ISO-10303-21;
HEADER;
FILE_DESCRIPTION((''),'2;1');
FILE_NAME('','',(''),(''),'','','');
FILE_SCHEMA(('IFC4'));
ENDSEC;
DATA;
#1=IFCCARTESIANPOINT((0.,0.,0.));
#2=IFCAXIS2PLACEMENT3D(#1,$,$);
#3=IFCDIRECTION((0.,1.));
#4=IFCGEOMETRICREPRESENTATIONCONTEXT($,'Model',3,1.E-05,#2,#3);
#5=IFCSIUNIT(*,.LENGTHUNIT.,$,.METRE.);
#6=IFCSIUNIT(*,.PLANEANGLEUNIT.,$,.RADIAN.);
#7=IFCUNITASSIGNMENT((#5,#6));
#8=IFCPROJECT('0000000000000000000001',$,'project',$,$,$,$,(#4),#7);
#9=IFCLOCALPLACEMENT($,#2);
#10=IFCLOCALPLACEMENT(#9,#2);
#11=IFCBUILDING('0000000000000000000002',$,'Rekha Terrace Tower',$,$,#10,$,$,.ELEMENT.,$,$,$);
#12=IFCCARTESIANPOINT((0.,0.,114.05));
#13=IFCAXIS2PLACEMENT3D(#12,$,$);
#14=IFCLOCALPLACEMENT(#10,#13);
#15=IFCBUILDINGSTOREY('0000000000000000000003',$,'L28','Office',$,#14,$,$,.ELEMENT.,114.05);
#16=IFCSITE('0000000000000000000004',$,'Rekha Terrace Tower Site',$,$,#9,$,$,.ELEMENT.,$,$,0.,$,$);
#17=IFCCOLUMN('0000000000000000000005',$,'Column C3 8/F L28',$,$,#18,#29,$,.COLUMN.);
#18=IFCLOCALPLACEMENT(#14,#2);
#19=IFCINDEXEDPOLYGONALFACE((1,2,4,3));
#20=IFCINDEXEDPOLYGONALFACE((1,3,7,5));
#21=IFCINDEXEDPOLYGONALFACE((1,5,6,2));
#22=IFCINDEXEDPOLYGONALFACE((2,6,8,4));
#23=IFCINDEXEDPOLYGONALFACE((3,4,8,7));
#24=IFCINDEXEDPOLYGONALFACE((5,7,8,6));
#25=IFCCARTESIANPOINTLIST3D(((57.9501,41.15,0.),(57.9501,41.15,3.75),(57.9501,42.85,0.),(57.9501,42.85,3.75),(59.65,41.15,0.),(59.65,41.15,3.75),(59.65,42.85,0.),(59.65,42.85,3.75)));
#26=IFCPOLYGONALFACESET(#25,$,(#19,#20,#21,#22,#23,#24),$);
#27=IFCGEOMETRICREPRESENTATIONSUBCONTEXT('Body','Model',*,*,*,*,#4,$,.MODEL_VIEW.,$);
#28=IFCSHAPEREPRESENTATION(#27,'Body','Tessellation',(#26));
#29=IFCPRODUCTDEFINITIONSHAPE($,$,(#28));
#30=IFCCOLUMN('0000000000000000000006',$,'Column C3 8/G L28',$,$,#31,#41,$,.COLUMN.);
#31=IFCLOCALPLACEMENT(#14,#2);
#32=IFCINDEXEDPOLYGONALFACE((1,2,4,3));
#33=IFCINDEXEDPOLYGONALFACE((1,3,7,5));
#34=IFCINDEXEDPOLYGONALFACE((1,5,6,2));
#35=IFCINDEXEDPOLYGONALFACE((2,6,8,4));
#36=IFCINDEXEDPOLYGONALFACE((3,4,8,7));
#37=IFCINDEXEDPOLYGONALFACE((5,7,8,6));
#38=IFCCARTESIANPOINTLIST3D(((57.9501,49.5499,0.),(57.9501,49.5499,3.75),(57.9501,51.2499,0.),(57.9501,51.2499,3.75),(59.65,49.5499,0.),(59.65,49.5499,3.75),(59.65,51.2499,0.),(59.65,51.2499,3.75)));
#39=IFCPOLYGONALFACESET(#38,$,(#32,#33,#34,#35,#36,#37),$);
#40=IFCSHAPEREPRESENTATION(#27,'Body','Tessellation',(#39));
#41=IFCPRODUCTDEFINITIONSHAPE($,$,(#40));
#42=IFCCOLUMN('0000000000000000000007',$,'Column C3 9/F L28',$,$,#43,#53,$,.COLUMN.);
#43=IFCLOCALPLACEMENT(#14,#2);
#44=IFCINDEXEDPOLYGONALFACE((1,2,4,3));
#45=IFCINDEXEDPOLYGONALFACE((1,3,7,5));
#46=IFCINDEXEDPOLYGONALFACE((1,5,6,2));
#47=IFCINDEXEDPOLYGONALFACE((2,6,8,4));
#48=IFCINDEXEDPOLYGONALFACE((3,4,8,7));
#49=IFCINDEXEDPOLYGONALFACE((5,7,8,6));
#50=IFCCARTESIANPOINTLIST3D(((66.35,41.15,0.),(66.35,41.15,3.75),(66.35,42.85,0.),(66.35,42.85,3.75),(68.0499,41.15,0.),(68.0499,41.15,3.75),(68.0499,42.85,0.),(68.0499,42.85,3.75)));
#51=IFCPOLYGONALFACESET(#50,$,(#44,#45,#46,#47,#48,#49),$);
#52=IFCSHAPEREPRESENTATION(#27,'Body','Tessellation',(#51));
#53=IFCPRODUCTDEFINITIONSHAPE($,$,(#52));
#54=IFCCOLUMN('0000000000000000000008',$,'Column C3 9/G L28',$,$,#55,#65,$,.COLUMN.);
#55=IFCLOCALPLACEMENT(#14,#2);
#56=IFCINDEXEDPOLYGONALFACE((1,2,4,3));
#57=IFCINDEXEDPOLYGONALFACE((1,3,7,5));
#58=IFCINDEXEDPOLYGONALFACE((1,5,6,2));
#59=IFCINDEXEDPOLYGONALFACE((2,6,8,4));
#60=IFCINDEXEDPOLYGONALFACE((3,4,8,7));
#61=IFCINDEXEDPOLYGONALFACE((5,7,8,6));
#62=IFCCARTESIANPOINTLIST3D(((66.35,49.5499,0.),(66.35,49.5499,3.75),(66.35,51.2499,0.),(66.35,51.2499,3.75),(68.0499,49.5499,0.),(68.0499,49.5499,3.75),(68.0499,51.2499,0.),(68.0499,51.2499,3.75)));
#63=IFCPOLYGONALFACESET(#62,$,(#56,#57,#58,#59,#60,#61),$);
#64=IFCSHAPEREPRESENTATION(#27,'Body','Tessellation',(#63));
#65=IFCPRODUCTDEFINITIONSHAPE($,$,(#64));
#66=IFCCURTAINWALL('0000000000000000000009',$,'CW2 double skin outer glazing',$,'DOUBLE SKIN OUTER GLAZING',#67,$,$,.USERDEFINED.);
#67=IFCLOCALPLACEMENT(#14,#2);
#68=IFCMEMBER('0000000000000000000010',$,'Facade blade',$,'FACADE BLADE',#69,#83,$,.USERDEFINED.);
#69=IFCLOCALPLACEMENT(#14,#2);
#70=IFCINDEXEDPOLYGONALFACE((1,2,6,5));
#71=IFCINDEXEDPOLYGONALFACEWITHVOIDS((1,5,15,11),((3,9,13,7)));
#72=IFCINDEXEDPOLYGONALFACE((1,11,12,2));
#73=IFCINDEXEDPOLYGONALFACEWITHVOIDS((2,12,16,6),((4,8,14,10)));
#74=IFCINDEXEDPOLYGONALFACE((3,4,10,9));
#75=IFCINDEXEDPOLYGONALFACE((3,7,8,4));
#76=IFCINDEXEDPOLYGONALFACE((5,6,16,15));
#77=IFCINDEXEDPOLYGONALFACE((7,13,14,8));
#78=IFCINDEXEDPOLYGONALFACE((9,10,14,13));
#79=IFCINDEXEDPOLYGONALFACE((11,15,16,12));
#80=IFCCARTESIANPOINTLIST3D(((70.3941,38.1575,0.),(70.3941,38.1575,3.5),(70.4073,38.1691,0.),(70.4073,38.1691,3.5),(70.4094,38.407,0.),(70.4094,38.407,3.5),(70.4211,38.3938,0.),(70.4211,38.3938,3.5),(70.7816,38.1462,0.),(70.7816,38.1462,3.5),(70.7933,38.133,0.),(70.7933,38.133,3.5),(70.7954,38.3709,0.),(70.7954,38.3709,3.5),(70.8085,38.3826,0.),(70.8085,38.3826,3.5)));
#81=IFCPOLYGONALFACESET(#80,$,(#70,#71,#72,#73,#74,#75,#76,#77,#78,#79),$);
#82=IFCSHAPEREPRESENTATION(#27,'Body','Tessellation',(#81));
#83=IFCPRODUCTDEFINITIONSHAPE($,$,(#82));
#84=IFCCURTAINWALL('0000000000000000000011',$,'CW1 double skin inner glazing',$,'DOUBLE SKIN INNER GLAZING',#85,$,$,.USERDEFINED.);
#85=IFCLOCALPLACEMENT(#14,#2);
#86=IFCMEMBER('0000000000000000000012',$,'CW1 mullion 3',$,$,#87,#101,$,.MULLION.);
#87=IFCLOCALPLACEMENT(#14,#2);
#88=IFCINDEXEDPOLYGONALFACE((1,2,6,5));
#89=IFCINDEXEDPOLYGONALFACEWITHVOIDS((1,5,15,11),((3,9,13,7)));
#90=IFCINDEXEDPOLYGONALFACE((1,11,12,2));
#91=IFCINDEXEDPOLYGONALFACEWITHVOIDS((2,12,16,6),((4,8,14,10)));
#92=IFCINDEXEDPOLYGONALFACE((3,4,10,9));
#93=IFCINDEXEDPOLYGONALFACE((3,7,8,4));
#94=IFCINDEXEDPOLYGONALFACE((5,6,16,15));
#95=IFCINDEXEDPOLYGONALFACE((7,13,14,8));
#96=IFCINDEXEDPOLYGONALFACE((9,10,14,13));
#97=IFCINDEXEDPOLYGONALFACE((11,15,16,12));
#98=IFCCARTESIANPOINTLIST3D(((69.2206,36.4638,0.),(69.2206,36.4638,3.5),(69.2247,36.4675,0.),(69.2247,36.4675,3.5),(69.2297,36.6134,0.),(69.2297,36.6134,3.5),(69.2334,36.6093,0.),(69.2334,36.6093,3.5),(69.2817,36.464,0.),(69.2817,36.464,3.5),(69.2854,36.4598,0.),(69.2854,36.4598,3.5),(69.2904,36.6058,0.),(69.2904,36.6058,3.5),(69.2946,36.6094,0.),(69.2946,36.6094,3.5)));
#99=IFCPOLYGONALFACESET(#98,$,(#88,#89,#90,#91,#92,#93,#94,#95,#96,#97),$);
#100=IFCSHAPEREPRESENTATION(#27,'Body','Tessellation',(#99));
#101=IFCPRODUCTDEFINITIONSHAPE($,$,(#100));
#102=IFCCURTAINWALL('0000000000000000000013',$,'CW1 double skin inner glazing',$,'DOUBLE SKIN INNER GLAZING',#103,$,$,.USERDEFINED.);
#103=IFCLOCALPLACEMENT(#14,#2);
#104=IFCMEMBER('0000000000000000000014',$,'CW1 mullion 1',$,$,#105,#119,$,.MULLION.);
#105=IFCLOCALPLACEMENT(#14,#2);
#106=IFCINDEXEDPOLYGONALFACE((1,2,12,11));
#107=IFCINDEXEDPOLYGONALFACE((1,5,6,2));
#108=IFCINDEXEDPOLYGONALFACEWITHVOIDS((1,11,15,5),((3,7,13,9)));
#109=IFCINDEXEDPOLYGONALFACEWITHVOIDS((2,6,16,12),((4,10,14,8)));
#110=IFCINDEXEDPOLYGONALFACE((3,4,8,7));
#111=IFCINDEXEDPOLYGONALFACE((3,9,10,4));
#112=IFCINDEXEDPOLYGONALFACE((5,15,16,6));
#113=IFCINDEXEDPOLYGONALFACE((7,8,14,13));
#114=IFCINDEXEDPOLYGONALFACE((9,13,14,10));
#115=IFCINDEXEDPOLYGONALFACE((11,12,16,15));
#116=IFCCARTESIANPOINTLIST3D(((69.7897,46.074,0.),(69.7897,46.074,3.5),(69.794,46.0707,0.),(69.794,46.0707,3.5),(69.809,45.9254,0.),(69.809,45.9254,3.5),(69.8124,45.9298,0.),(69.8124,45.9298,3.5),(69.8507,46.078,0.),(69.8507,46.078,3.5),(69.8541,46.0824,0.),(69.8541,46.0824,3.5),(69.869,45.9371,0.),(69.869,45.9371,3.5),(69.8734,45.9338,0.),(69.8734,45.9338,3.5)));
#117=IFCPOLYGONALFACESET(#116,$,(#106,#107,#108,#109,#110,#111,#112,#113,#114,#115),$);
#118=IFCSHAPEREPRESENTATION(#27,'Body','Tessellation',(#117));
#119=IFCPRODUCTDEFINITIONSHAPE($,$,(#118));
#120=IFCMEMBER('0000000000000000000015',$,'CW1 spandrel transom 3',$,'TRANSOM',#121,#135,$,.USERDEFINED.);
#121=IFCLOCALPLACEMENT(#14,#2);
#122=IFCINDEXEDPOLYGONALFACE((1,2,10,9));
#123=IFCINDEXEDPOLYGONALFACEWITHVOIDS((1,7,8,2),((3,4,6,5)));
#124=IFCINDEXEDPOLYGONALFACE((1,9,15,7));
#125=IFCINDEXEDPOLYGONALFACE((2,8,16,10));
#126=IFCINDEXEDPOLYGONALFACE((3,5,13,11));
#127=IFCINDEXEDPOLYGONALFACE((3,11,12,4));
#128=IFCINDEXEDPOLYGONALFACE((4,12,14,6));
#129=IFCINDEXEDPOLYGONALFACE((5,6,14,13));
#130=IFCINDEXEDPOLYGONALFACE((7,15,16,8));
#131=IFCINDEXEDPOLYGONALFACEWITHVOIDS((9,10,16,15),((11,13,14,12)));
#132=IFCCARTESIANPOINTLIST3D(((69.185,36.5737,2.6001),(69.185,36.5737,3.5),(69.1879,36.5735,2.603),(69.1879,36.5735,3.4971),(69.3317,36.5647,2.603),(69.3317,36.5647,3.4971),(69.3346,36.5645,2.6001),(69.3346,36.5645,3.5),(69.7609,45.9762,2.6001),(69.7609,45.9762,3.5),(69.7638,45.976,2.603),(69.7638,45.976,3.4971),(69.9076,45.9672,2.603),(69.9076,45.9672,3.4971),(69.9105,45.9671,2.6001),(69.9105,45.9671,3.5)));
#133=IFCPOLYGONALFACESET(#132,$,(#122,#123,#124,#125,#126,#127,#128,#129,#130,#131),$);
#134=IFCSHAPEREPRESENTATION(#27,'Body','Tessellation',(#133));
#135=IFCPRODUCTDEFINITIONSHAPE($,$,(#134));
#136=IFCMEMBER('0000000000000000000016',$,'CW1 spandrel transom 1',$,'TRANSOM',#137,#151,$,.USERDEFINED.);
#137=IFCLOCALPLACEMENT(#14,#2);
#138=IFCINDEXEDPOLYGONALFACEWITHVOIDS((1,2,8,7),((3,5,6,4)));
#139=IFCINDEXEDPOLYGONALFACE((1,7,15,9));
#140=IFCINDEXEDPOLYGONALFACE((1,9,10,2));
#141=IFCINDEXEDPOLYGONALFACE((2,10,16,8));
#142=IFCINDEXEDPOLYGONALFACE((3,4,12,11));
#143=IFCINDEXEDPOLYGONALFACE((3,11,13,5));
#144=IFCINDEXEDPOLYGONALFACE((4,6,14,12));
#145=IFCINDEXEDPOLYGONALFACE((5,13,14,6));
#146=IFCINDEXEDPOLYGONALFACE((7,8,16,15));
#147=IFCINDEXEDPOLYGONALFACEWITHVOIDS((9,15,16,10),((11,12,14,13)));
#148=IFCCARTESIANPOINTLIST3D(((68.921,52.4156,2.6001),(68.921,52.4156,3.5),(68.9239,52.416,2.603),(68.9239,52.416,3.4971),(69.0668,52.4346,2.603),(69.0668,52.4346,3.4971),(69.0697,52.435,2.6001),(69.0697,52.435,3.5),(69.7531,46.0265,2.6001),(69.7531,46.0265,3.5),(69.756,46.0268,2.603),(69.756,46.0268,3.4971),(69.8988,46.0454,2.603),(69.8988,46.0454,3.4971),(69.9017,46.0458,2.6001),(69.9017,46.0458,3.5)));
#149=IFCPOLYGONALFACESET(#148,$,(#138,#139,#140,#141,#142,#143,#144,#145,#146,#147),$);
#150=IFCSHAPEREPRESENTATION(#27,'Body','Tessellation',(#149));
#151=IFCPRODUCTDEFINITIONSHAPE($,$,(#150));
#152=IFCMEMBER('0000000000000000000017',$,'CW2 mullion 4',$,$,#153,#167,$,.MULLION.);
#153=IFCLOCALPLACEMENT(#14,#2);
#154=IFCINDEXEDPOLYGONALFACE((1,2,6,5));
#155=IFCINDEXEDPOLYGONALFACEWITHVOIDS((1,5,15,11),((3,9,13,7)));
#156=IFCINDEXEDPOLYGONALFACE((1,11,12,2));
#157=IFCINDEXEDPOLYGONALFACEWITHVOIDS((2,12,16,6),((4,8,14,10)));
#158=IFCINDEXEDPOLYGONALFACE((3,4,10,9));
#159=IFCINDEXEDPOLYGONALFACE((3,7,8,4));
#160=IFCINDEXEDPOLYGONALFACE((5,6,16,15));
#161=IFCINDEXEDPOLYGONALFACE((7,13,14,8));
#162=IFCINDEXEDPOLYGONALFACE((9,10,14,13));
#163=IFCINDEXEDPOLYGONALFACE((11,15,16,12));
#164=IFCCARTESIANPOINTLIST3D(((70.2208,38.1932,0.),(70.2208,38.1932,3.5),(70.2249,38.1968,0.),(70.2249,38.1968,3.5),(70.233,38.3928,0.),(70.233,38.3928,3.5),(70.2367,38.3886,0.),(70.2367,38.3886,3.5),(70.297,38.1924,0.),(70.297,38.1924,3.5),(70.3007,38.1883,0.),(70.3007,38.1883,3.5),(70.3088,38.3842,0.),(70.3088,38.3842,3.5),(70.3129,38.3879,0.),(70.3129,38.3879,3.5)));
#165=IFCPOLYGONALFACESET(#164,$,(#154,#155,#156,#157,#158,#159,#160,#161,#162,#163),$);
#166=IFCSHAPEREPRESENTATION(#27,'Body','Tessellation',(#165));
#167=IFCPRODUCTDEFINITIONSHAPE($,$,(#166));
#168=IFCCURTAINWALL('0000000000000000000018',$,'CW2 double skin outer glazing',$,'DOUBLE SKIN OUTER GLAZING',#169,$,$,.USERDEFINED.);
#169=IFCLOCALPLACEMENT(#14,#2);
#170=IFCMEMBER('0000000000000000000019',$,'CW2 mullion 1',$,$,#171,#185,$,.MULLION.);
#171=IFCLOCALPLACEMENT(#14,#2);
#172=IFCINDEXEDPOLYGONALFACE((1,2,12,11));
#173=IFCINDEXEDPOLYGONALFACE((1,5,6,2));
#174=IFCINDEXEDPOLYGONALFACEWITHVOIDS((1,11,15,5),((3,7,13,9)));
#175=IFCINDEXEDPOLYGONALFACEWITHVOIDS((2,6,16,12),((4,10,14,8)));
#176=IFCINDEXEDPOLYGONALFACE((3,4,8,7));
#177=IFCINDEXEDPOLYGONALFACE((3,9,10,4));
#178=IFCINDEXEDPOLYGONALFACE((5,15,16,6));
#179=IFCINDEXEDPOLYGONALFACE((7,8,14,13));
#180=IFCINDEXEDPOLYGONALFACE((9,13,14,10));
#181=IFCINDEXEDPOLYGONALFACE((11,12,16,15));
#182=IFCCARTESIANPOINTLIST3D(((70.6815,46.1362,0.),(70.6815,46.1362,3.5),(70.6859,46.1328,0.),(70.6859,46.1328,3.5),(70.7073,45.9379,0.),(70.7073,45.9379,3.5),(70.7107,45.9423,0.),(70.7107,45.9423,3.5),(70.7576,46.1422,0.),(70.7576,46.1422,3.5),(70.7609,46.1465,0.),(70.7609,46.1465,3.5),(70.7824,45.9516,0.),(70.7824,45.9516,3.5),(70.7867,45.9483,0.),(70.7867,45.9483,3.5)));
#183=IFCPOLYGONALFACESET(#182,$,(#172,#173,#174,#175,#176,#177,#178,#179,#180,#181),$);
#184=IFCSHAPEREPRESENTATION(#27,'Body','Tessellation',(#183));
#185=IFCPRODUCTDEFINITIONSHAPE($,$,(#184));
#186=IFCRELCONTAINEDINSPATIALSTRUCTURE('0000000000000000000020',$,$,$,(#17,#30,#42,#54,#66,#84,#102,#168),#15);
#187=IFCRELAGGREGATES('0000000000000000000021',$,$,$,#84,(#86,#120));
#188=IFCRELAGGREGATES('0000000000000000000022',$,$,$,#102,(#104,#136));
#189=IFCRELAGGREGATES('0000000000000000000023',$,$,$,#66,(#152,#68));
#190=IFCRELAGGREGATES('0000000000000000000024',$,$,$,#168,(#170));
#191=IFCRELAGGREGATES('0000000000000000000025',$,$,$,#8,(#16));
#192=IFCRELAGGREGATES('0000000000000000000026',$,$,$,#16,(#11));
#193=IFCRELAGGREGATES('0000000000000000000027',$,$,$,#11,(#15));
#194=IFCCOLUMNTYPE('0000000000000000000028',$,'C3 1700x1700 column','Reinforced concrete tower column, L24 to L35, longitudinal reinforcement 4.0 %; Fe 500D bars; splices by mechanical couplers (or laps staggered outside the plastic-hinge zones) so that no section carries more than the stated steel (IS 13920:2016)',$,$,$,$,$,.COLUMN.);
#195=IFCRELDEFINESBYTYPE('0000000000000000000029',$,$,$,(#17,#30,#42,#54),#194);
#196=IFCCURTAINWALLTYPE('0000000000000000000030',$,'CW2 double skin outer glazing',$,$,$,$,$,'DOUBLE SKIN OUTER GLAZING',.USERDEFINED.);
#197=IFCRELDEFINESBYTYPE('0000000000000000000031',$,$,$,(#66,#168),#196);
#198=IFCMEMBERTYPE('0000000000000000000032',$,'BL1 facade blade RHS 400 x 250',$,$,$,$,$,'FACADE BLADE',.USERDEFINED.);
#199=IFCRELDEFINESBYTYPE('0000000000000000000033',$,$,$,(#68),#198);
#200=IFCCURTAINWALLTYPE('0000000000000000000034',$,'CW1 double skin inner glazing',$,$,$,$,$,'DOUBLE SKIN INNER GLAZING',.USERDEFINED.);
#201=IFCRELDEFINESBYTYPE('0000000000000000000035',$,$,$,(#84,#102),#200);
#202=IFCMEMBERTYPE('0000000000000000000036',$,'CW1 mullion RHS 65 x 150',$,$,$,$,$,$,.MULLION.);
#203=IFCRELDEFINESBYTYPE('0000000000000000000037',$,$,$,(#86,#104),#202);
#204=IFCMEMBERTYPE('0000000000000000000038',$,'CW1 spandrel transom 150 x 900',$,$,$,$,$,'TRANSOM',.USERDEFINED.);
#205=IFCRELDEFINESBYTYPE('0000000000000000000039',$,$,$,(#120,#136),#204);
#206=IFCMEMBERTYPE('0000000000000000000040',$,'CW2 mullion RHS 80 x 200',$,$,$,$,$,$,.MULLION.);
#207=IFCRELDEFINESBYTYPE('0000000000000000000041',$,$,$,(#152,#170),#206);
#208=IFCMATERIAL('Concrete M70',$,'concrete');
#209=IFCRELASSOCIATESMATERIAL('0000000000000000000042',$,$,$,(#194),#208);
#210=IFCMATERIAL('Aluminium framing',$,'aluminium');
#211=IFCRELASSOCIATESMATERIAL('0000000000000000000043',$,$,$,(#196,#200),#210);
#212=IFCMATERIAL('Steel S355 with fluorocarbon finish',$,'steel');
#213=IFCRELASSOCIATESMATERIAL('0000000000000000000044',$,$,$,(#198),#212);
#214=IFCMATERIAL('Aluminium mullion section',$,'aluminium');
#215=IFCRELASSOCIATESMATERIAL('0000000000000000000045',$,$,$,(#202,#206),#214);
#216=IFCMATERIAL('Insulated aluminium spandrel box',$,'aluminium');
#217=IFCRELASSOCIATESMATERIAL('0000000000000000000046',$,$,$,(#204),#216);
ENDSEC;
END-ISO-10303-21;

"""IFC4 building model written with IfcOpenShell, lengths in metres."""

from ifc_helpers import new_model, si_unit, direction, frame, origin, origin_2d, place, context, subcontext, project, spatial, rectangle, hollow_rectangle, extrude, material, material_profile, profile_set, type_object, element, aggregate, save


model = new_model("IFC4")

# Units and contexts
model_context = context("Model", 3, precision=1e-05, world=origin(), true_north=direction((0.0, 1.0)))
body_context = subcontext(model_context, "Body", "Model", "MODEL_VIEW")
ifc_project = project(units=[si_unit("LENGTHUNIT", "METRE"), si_unit("PLANEANGLEUNIT", "RADIAN")], contexts=[model_context])

# Site, building, storey
site_placement = place(None, origin())
site = spatial("IfcSite", under=ifc_project, at=site_placement, Name="Rekha Terrace Tower Site", CompositionType="ELEMENT", RefElevation=0.0)
building_placement = place(site_placement, origin())
building = spatial("IfcBuilding", under=site, at=building_placement, Name="Rekha Terrace Tower", CompositionType="ELEMENT")
storey_placement = place(building_placement, frame((0.0, 0.0, 114.05)))
storey = spatial("IfcBuildingStorey", under=building, at=storey_placement, Name="L28", Description="Office", CompositionType="ELEMENT", Elevation=114.05)

# Columns
ifc_material_1 = material(Name="Concrete M70", Category="concrete")
ifc_material_profile_1 = material_profile(ifc_material_1, rectangle(XDim=1.7, YDim=1.7, at=origin_2d()), Name="RC 1700x1700")
ifc_profile_set_1 = profile_set([ifc_material_profile_1], Name="Concrete M70")
column_type = type_object("IfcColumnType", Name="C3 1700x1700 column", Description="Reinforced concrete tower column, L24 to L35, longitudinal reinforcement 4.0 %; Fe 500D bars; splices by mechanical couplers (or laps staggered outside the plastic-hinge zones) so that no section carries more than the stated steel (IS 13920:2016)", PredefinedType="COLUMN", material=ifc_profile_set_1)
for number, where, z_axis, x_axis, name in (
    (1, (58.8, 42.0, 0.0), (0.0, 0.0, 1.0), (1.0, 0.0, 0.0), "Column C3 8/F L28"),
    (2, (58.8, 50.3999, 0.0), (0.0, 0.0, 1.0), (1.0, 0.0, 0.0), "Column C3 8/G L28"),
    (3, (67.2, 42.0, 0.0), (0.0, 0.0, 1.0), (1.0, 0.0, 0.0), "Column C3 9/F L28"),
    (4, (67.2, 50.3999, 0.0), (0.0, 0.0, 1.0), (1.0, 0.0, 0.0), "Column C3 9/G L28"),
):
    element("IfcColumn", number, at=place(storey_placement, frame(where, z_axis=z_axis, x_axis=x_axis)), inside=storey, type_object=column_type, Name=name, PredefinedType="COLUMN", context=body_context, shape_type="SweptSolid", body=[
        extrude(rectangle(XDim=1.7, YDim=1.7, at=origin_2d()), origin(), (0.0, 0.0, 1.0), 3.75),
    ])

# Curtain walls, members
ifc_material_2 = material(Name="Aluminium framing", Category="aluminium")
curtain_wall_type_1 = type_object("IfcCurtainWallType", Name="CW2 double skin outer glazing", ElementType="DOUBLE SKIN OUTER GLAZING", PredefinedType="USERDEFINED", material=ifc_material_2)
curtain_wall_1_placement = place(storey_placement, origin())
curtain_wall_1 = element("IfcCurtainWall", 5, at=curtain_wall_1_placement, inside=storey, type_object=curtain_wall_type_1, Name="CW2 double skin outer glazing", ObjectType="DOUBLE SKIN OUTER GLAZING", PredefinedType="USERDEFINED")
ifc_material_3 = material(Name="Steel S355 with fluorocarbon finish", Category="steel")
ifc_material_profile_2 = material_profile(ifc_material_3, hollow_rectangle(XDim=0.25, YDim=0.3999, WallThickness=0.0125, at=origin_2d()), Name="RHS400x250x12.5")
ifc_profile_set_2 = profile_set([ifc_material_profile_2], Name="Steel S355 with fluorocarbon finish")
member_type_1 = type_object("IfcMemberType", Name="BL1 facade blade RHS 400 x 250", ElementType="FACADE BLADE", PredefinedType="USERDEFINED", material=ifc_profile_set_2)
member_1_placement = place(storey_placement, frame((70.6013, 38.27, 0.0), z_axis=(0.0, 0.0, 1.0), x_axis=(0.06116, 0.998128, 0.0)))
member_1 = element("IfcMember", 6, at=member_1_placement, type_object=member_type_1, Name="Facade blade", ObjectType="FACADE BLADE", PredefinedType="USERDEFINED", context=body_context, shape_type="SweptSolid", body=[
    extrude(hollow_rectangle(XDim=0.25, YDim=0.3999, WallThickness=0.0125, at=origin_2d()), origin(), (0.0, 0.0, 1.0), 3.5),
])
curtain_wall_type_2 = type_object("IfcCurtainWallType", Name="CW1 double skin inner glazing", ElementType="DOUBLE SKIN INNER GLAZING", PredefinedType="USERDEFINED", material=ifc_material_2)
curtain_wall_2_placement = place(storey_placement, origin())
curtain_wall_2 = element("IfcCurtainWall", 7, at=curtain_wall_2_placement, inside=storey, type_object=curtain_wall_type_2, Name="CW1 double skin inner glazing", ObjectType="DOUBLE SKIN INNER GLAZING", PredefinedType="USERDEFINED")
ifc_material_4 = material(Name="Aluminium mullion section", Category="aluminium")
ifc_material_profile_3 = material_profile(ifc_material_4, hollow_rectangle(XDim=0.0649, YDim=0.1499, WallThickness=0.0039, at=origin_2d()), Name="AL RHS 65x150")
ifc_profile_set_3 = profile_set([ifc_material_profile_3], Name="Aluminium mullion section")
member_type_2 = type_object("IfcMemberType", Name="CW1 mullion RHS 65 x 150", PredefinedType="MULLION", material=ifc_profile_set_3)
member_2_placement = place(storey_placement, frame((69.2576, 36.5366, 0.0), z_axis=(0.0, 0.0, 1.0), x_axis=(-0.998128, 0.06116, 0.0)))
member_2 = element("IfcMember", 8, at=member_2_placement, type_object=member_type_2, Name="CW1 mullion 3", PredefinedType="MULLION", context=body_context, shape_type="SweptSolid", body=[
    extrude(hollow_rectangle(XDim=0.0649, YDim=0.1499, WallThickness=0.0039, at=origin_2d()), origin(), (0.0, 0.0, 1.0), 3.5),
])
curtain_wall_3_placement = place(storey_placement, origin())
curtain_wall_3 = element("IfcCurtainWall", 9, at=curtain_wall_3_placement, inside=storey, type_object=curtain_wall_type_2, Name="CW1 double skin inner glazing", ObjectType="DOUBLE SKIN INNER GLAZING", PredefinedType="USERDEFINED")
member_3_placement = place(storey_placement, frame((69.8315, 46.0039, 0.0), z_axis=(0.0, 0.0, 1.0), x_axis=(-0.991629, -0.129118, 0.0)))
member_3 = element("IfcMember", 10, at=member_3_placement, type_object=member_type_2, Name="CW1 mullion 1", PredefinedType="MULLION", context=body_context, shape_type="SweptSolid", body=[
    extrude(hollow_rectangle(XDim=0.0649, YDim=0.1499, WallThickness=0.0039, at=origin_2d()), origin(), (0.0, 0.0, 1.0), 3.5),
])

# Members
ifc_material_5 = material(Name="Insulated aluminium spandrel box", Category="aluminium")
ifc_material_profile_4 = material_profile(ifc_material_5, hollow_rectangle(XDim=0.1499, YDim=0.8999, WallThickness=0.0029, at=origin_2d()), Name="AL SPANDREL BOX 150x900")
ifc_profile_set_4 = profile_set([ifc_material_profile_4], Name="Insulated aluminium spandrel box")
member_type_3 = type_object("IfcMemberType", Name="CW1 spandrel transom 150 x 900", ElementType="TRANSOM", PredefinedType="USERDEFINED", material=ifc_profile_set_4)
member_4_placement = place(storey_placement, frame((69.2598, 36.5691, 3.05), z_axis=(0.061137, 0.998129, 0.0), x_axis=(-0.998129, 0.061137, 0.0)))
member_4 = element("IfcMember", 11, at=member_4_placement, type_object=member_type_3, Name="CW1 spandrel transom 3", ObjectType="TRANSOM", PredefinedType="USERDEFINED", context=body_context, shape_type="SweptSolid", body=[
    extrude(hollow_rectangle(XDim=0.1499, YDim=0.8999, WallThickness=0.0029, at=origin_2d()), origin(), (0.0, 0.0, 1.0), 9.4202),
])
member_5_placement = place(storey_placement, frame((69.8274, 46.0361, 3.05), z_axis=(-0.129135, 0.991627, 0.0), x_axis=(-0.991627, -0.129135, 0.0)))
member_5 = element("IfcMember", 12, at=member_5_placement, type_object=member_type_3, Name="CW1 spandrel transom 1", ObjectType="TRANSOM", PredefinedType="USERDEFINED", context=body_context, shape_type="SweptSolid", body=[
    extrude(hollow_rectangle(XDim=0.1499, YDim=0.8999, WallThickness=0.0029, at=origin_2d()), origin(), (0.0, 0.0, 1.0), 6.4431),
])
ifc_material_profile_5 = material_profile(ifc_material_4, hollow_rectangle(XDim=0.0801, YDim=0.2, WallThickness=0.0039, at=origin_2d()), Name="AL RHS 80x200")
ifc_profile_set_5 = profile_set([ifc_material_profile_5], Name="Aluminium mullion section")
member_type_4 = type_object("IfcMemberType", Name="CW2 mullion RHS 80 x 200", PredefinedType="MULLION", material=ifc_profile_set_5)
member_6_placement = place(storey_placement, frame((70.2668, 38.2905, 0.0), z_axis=(0.0, 0.0, 1.0), x_axis=(-0.998128, 0.06116, 0.0)))
member_6 = element("IfcMember", 13, at=member_6_placement, type_object=member_type_4, Name="CW2 mullion 4", PredefinedType="MULLION", context=body_context, shape_type="SweptSolid", body=[
    extrude(hollow_rectangle(XDim=0.0801, YDim=0.2, WallThickness=0.0039, at=origin_2d()), origin(), (0.0, 0.0, 1.0), 3.5),
])

# Curtain wall, member
curtain_wall_4_placement = place(storey_placement, origin())
curtain_wall_4 = element("IfcCurtainWall", 14, at=curtain_wall_4_placement, inside=storey, type_object=curtain_wall_type_1, Name="CW2 double skin outer glazing", ObjectType="DOUBLE SKIN OUTER GLAZING", PredefinedType="USERDEFINED")
member_7_placement = place(storey_placement, frame((70.7341, 46.0422, 0.0), z_axis=(0.0, 0.0, 1.0), x_axis=(-0.991629, -0.129118, 0.0)))
member_7 = element("IfcMember", 15, at=member_7_placement, type_object=member_type_4, Name="CW2 mullion 1", PredefinedType="MULLION", context=body_context, shape_type="SweptSolid", body=[
    extrude(hollow_rectangle(XDim=0.0801, YDim=0.2, WallThickness=0.0039, at=origin_2d()), origin(), (0.0, 0.0, 1.0), 3.5),
])

aggregate(curtain_wall_2, [member_2, member_4])
aggregate(curtain_wall_3, [member_3, member_5])
aggregate(curtain_wall_1, [member_6, member_1])
aggregate(curtain_wall_4, [member_7])

save(model, "model.ifc")
